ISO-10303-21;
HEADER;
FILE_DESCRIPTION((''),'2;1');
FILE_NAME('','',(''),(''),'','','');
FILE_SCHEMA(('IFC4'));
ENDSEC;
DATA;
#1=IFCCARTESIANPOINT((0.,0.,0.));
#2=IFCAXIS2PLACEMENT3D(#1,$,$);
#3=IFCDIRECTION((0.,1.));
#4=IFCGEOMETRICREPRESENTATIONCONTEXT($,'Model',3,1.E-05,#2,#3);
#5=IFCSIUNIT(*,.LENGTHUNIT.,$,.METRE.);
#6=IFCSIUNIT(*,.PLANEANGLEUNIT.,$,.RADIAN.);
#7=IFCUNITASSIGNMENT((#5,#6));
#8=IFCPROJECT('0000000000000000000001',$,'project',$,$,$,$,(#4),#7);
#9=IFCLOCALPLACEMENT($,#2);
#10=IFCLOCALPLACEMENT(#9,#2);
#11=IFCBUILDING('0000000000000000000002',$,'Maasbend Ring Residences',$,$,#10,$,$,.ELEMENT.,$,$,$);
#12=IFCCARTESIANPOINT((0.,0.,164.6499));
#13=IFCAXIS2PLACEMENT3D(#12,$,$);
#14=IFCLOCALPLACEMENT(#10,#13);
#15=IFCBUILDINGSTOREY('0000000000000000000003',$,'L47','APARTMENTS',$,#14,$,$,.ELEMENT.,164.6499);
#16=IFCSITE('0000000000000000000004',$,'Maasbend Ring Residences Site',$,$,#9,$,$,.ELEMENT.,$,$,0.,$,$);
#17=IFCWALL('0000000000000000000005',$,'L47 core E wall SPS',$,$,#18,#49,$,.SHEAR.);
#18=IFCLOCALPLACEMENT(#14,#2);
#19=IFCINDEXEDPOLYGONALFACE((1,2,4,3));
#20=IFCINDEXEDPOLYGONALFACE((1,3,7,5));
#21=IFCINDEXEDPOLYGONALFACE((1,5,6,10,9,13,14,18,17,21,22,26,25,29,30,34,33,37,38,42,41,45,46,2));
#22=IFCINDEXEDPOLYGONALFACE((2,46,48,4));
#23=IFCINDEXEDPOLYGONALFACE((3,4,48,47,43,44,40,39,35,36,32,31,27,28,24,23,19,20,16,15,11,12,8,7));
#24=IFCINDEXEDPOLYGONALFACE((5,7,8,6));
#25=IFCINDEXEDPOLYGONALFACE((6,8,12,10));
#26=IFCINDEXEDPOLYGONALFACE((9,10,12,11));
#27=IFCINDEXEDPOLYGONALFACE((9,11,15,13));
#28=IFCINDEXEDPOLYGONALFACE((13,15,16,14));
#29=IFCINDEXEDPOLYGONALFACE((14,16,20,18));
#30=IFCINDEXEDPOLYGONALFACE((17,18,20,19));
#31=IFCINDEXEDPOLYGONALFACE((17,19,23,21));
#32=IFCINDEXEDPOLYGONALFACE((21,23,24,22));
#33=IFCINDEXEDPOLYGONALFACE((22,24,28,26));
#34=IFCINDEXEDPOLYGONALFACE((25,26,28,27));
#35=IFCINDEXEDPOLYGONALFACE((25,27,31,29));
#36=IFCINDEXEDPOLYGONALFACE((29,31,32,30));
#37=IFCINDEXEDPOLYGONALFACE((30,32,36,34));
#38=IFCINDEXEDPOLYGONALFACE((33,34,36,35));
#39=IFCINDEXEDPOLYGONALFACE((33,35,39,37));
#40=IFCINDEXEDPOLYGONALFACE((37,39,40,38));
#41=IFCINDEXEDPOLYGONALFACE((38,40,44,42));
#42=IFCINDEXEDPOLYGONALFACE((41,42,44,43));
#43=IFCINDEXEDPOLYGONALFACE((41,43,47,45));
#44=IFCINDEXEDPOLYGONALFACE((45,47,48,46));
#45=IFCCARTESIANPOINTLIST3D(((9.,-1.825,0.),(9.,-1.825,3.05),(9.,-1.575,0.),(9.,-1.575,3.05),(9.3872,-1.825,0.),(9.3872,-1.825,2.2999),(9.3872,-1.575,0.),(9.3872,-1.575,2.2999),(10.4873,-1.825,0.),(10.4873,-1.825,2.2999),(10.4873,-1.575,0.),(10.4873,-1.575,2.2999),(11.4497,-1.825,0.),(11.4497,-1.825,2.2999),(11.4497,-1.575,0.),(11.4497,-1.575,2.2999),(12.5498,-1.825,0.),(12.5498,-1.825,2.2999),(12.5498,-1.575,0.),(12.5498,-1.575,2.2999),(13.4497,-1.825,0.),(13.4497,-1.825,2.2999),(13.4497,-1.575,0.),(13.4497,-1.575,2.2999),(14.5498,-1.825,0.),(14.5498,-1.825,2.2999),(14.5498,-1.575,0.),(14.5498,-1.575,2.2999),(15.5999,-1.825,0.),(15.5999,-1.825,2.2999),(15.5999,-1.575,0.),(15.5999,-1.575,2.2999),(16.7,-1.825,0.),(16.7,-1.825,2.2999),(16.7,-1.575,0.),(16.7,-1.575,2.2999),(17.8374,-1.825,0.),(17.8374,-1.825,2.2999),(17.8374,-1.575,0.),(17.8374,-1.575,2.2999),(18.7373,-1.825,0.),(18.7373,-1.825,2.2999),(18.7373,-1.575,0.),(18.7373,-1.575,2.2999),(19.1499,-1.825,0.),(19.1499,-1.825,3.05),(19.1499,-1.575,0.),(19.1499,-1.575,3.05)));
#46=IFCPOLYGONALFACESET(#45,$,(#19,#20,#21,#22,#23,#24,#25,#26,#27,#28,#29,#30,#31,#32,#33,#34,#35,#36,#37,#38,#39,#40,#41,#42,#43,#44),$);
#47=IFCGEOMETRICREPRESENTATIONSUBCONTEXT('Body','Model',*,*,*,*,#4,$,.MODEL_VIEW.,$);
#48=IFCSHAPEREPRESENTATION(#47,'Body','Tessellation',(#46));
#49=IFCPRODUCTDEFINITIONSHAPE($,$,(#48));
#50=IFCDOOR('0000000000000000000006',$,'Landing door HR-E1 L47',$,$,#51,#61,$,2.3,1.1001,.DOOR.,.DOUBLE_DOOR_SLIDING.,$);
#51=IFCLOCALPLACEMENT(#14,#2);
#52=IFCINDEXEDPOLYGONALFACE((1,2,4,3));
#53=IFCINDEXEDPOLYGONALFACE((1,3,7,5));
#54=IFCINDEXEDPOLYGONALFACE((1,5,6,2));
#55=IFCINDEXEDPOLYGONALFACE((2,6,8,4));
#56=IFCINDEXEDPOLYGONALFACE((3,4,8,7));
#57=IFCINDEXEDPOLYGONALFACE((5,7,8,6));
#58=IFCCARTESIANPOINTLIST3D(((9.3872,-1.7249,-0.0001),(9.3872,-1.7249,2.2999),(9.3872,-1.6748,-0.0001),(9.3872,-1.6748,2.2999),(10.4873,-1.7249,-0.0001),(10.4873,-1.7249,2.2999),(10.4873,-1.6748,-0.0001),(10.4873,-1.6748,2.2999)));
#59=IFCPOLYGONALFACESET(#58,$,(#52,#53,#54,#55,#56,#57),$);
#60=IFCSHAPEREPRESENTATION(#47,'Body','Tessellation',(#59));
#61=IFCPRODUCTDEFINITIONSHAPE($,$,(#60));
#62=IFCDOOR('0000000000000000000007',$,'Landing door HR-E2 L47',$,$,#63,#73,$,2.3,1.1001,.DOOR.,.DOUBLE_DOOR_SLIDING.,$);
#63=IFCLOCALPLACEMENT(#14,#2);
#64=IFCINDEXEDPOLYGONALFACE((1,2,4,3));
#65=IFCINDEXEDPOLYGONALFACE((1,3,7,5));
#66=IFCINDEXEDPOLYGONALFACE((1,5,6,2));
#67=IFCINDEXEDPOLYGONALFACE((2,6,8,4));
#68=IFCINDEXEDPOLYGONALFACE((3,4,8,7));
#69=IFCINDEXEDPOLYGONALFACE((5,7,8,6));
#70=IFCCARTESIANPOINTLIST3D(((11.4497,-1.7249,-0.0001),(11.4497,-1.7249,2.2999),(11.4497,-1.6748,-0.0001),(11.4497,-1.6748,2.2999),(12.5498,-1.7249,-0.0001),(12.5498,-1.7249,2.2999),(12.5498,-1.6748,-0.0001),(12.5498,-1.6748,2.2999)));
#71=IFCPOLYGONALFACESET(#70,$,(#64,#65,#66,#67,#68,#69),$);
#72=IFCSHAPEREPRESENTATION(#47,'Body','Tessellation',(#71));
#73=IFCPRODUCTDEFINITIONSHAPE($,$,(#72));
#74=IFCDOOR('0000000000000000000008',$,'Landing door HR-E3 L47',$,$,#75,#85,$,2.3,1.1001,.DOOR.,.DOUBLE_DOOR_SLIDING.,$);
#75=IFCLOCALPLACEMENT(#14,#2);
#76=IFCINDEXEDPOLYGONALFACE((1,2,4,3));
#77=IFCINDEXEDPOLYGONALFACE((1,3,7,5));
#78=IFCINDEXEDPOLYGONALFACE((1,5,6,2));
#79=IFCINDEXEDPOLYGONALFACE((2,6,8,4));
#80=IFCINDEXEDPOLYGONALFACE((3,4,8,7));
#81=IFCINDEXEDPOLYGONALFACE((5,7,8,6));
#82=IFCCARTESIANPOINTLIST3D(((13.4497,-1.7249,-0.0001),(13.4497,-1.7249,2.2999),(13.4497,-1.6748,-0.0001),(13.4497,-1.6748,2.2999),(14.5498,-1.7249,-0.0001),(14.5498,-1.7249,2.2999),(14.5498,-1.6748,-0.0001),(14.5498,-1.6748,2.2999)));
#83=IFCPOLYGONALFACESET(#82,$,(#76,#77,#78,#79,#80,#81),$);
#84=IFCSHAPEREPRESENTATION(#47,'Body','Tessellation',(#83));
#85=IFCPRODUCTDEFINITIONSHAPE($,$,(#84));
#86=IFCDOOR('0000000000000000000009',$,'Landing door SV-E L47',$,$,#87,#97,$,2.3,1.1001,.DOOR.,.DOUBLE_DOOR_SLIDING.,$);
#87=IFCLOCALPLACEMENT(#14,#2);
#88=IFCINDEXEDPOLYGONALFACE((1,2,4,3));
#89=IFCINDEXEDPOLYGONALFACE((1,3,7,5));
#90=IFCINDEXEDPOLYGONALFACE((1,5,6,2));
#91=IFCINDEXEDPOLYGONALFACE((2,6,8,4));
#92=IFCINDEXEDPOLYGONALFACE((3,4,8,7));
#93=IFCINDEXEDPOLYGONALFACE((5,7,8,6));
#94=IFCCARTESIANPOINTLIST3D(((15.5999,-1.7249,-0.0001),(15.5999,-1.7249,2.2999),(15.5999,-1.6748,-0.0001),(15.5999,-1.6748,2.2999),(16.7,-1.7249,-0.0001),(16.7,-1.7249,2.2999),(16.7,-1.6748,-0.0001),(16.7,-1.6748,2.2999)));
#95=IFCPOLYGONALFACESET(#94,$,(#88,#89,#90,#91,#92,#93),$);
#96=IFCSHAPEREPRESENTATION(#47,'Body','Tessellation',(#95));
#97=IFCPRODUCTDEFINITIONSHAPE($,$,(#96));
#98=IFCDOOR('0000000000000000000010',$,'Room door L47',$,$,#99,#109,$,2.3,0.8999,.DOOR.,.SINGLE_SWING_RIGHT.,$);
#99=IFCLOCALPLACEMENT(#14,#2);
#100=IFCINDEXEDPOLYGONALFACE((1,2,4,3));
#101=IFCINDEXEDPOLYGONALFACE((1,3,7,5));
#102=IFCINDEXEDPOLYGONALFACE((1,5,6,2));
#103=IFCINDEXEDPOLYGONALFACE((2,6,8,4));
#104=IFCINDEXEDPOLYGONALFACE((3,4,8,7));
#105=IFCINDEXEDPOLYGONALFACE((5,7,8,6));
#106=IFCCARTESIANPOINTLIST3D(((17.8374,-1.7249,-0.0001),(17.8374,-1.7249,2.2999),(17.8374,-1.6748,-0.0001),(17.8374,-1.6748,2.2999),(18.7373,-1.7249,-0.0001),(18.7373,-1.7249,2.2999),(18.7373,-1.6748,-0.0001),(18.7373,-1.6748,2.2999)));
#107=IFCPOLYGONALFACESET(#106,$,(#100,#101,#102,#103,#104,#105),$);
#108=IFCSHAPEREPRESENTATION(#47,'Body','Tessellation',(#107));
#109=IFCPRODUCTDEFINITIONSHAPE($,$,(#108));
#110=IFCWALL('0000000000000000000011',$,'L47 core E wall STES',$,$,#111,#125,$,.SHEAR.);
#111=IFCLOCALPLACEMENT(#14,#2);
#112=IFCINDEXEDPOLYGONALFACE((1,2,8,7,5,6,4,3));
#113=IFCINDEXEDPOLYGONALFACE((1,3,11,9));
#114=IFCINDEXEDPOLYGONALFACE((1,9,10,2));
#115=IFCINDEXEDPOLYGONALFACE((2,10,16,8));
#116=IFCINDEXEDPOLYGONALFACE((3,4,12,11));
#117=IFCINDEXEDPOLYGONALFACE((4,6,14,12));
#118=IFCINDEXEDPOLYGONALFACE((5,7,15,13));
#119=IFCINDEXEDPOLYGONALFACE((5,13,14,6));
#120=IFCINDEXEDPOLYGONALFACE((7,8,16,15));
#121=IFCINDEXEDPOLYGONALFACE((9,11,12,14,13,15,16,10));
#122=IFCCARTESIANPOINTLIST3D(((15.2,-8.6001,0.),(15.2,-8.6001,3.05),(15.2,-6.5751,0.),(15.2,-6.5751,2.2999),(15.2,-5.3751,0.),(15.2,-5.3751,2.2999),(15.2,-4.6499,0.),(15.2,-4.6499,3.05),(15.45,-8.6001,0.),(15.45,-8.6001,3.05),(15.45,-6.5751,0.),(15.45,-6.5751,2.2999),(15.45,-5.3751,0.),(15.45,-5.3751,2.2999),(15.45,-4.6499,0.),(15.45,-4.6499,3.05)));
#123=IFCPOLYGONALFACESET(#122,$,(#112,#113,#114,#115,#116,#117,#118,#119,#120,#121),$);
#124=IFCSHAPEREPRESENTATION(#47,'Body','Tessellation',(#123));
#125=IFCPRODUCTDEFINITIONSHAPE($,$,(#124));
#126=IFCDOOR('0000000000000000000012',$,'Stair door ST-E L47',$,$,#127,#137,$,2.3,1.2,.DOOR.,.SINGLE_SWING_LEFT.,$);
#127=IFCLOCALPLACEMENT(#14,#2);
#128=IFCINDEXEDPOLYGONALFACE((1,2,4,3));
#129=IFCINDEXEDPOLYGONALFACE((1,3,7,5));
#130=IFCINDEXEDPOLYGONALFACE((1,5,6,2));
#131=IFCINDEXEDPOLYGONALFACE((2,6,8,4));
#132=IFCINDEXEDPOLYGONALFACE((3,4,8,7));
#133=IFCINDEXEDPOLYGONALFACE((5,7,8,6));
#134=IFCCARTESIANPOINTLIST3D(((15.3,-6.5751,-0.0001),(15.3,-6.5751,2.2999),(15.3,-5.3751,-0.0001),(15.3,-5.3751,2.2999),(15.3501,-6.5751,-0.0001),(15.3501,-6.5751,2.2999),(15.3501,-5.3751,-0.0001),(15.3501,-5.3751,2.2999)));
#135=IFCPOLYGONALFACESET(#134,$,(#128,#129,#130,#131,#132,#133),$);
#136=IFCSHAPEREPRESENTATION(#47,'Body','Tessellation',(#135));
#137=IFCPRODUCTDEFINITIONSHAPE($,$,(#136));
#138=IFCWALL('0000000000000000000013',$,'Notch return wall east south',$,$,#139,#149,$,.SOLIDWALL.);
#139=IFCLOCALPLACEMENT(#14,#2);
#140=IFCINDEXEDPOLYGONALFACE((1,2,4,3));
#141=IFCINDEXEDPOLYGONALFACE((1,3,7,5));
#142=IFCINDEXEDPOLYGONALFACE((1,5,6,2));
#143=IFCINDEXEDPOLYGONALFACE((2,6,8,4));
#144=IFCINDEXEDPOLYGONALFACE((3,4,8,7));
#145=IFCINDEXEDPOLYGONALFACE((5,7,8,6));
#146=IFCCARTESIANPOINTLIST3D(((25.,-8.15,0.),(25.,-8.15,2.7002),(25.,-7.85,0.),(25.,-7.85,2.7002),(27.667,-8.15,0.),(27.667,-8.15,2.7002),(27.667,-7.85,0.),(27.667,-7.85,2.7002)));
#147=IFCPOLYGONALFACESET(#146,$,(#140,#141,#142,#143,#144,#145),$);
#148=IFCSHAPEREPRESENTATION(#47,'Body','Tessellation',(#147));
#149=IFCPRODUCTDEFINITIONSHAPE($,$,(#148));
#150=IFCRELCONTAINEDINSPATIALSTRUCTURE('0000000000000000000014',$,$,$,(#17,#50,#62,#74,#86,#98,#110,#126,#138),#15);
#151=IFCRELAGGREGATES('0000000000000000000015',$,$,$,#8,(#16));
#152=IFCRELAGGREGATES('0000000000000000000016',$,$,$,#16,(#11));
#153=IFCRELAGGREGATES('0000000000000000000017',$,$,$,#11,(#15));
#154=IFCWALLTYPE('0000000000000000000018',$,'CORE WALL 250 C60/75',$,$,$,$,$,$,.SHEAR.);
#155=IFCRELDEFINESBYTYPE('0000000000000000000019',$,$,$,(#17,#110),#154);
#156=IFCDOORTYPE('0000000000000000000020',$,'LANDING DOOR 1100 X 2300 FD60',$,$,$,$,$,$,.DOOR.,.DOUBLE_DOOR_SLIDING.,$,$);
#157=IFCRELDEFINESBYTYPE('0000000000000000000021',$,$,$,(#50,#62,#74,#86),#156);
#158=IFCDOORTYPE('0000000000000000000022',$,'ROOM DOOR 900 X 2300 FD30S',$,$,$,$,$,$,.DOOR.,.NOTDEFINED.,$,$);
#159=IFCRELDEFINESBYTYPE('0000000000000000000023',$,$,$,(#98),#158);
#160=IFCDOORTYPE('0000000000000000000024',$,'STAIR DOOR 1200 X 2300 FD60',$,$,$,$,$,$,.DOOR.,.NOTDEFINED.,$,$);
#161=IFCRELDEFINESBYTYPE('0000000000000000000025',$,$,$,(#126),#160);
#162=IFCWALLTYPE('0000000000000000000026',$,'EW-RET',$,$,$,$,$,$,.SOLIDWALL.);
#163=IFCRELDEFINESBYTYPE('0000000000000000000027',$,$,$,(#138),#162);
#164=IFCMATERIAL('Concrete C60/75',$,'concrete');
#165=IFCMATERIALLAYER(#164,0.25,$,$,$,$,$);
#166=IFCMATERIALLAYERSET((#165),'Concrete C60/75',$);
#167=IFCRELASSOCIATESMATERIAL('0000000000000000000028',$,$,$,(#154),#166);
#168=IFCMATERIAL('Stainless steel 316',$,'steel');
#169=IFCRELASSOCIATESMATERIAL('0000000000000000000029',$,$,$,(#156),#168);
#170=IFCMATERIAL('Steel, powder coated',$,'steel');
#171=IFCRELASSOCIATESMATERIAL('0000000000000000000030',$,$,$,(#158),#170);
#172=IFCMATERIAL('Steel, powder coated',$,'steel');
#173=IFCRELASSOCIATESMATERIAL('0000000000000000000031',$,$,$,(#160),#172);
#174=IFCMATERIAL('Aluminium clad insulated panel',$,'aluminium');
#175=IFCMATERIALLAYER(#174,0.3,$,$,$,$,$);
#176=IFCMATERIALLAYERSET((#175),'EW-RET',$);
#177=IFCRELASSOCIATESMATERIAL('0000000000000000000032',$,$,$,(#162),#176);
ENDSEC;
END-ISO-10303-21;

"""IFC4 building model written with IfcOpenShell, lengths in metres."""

from ifc_helpers import new_model, si_unit, direction, frame, frame_2d, origin, place, context, subcontext, project, spatial, rectangle, extrude, material, layer, layer_set, type_object, element, fill, save


model = new_model("IFC4")

# Units and contexts
model_context = context("Model", 3, precision=1e-05, world=origin(), true_north=direction((0.0, 1.0)))
body_context = subcontext(model_context, "Body", "Model", "MODEL_VIEW")
ifc_project = project(units=[si_unit("LENGTHUNIT", "METRE"), si_unit("PLANEANGLEUNIT", "RADIAN")], contexts=[model_context])

# Site, building, storey
site_placement = place(None, origin())
site = spatial("IfcSite", under=ifc_project, at=site_placement, Name="Maasbend Ring Residences Site", CompositionType="ELEMENT", RefElevation=0.0)
building_placement = place(site_placement, origin())
building = spatial("IfcBuilding", under=site, at=building_placement, Name="Maasbend Ring Residences", CompositionType="ELEMENT")
storey_placement = place(building_placement, frame((0.0, 0.0, 164.6499)))
storey = spatial("IfcBuildingStorey", under=building, at=storey_placement, Name="L47", Description="APARTMENTS", CompositionType="ELEMENT", Elevation=164.6499)

# Wall, openings, doors
ifc_material_1 = material(Name="Concrete C60/75", Category="concrete")
ifc_layer_1 = layer(ifc_material_1, 0.25)
ifc_layer_set_1 = layer_set([ifc_layer_1], Name="Concrete C60/75")
wall_type_1 = type_object("IfcWallType", Name="CORE WALL 250 C60/75", PredefinedType="SHEAR", material=ifc_layer_set_1)
wall_1_placement = place(storey_placement, frame((19.1499, -1.7, 0.0), z_axis=(0.0, 0.0, 1.0), x_axis=(-1.0, 0.0, 0.0)))
wall_1 = element("IfcWall", 1, at=wall_1_placement, inside=storey, type_object=wall_type_1, Name="L47 core E wall SPS", PredefinedType="SHEAR", context=body_context, shape_type="SweptSolid", body=[
    extrude(rectangle(XDim=10.1499, YDim=0.25, at=frame_2d((5.075, 0.0))), origin(), (0.0, 0.0, 1.0), 3.05),
])
opening_1_placement = place(wall_1_placement, frame((8.6626, 0.0, 0.0)))
opening_1 = element("IfcOpeningElement", 2, at=opening_1_placement, cuts=wall_1, PredefinedType="OPENING", context=body_context, shape_type="SweptSolid", body=[
    extrude(rectangle(XDim=1.1001, YDim=2.3, at=frame_2d((0.55, 1.1499))), frame((0.0, 0.135, 0.0), z_axis=(0.0, -1.0, 0.0), x_axis=(1.0, 0.0, 0.0)), (0.0, 0.0, 1.0), 0.27),
])
opening_2_placement = place(wall_1_placement, frame((6.6001, 0.0, 0.0)))
opening_2 = element("IfcOpeningElement", 3, at=opening_2_placement, cuts=wall_1, PredefinedType="OPENING", context=body_context, shape_type="SweptSolid", body=[
    extrude(rectangle(XDim=1.1001, YDim=2.3, at=frame_2d((0.55, 1.1499))), frame((0.0, 0.135, 0.0), z_axis=(0.0, -1.0, 0.0), x_axis=(1.0, 0.0, 0.0)), (0.0, 0.0, 1.0), 0.27),
])
opening_3_placement = place(wall_1_placement, frame((4.6001, 0.0, 0.0)))
opening_3 = element("IfcOpeningElement", 4, at=opening_3_placement, cuts=wall_1, PredefinedType="OPENING", context=body_context, shape_type="SweptSolid", body=[
    extrude(rectangle(XDim=1.1001, YDim=2.3, at=frame_2d((0.55, 1.1499))), frame((0.0, 0.135, 0.0), z_axis=(0.0, -1.0, 0.0), x_axis=(1.0, 0.0, 0.0)), (0.0, 0.0, 1.0), 0.27),
])
opening_4_placement = place(wall_1_placement, frame((2.45, 0.0, 0.0)))
opening_4 = element("IfcOpeningElement", 5, at=opening_4_placement, cuts=wall_1, PredefinedType="OPENING", context=body_context, shape_type="SweptSolid", body=[
    extrude(rectangle(XDim=1.1001, YDim=2.3, at=frame_2d((0.55, 1.1499))), frame((0.0, 0.135, 0.0), z_axis=(0.0, -1.0, 0.0), x_axis=(1.0, 0.0, 0.0)), (0.0, 0.0, 1.0), 0.27),
])
opening_5_placement = place(wall_1_placement, frame((0.4126, 0.0, 0.0)))
opening_5 = element("IfcOpeningElement", 6, at=opening_5_placement, cuts=wall_1, PredefinedType="OPENING", context=body_context, shape_type="SweptSolid", body=[
    extrude(rectangle(XDim=0.8999, YDim=2.3, at=frame_2d((0.45, 1.1499))), frame((0.0, 0.135, 0.0), z_axis=(0.0, -1.0, 0.0), x_axis=(1.0, 0.0, 0.0)), (0.0, 0.0, 1.0), 0.27),
])
ifc_material_2 = material(Name="Stainless steel 316", Category="steel")
door_type_1 = type_object("IfcDoorType", Name="LANDING DOOR 1100 X 2300 FD60", OperationType="DOUBLE_DOOR_SLIDING", PredefinedType="DOOR", material=ifc_material_2)
door_1_placement = place(opening_1_placement, origin())
door_1 = element("IfcDoor", 7, at=door_1_placement, inside=storey, type_object=door_type_1, Name="Landing door HR-E1 L47", OperationType="DOUBLE_DOOR_SLIDING", OverallHeight=2.3, OverallWidth=1.1001, PredefinedType="DOOR", context=body_context, shape_type="SweptSolid", body=[
    extrude(rectangle(XDim=1.1001, YDim=2.3, at=frame_2d((0.55, 1.1499))), frame((0.0, 0.0249, 0.0), z_axis=(0.0, -1.0, 0.0), x_axis=(1.0, 0.0, 0.0)), (0.0, 0.0, 1.0), 0.05),
])
fill(opening_1, door_1)
door_2_placement = place(opening_2_placement, origin())
door_2 = element("IfcDoor", 8, at=door_2_placement, inside=storey, type_object=door_type_1, Name="Landing door HR-E2 L47", OperationType="DOUBLE_DOOR_SLIDING", OverallHeight=2.3, OverallWidth=1.1001, PredefinedType="DOOR", context=body_context, shape_type="SweptSolid", body=[
    extrude(rectangle(XDim=1.1001, YDim=2.3, at=frame_2d((0.55, 1.1499))), frame((0.0, 0.0249, 0.0), z_axis=(0.0, -1.0, 0.0), x_axis=(1.0, 0.0, 0.0)), (0.0, 0.0, 1.0), 0.05),
])
fill(opening_2, door_2)
door_3_placement = place(opening_3_placement, origin())
door_3 = element("IfcDoor", 9, at=door_3_placement, inside=storey, type_object=door_type_1, Name="Landing door HR-E3 L47", OperationType="DOUBLE_DOOR_SLIDING", OverallHeight=2.3, OverallWidth=1.1001, PredefinedType="DOOR", context=body_context, shape_type="SweptSolid", body=[
    extrude(rectangle(XDim=1.1001, YDim=2.3, at=frame_2d((0.55, 1.1499))), frame((0.0, 0.0249, 0.0), z_axis=(0.0, -1.0, 0.0), x_axis=(1.0, 0.0, 0.0)), (0.0, 0.0, 1.0), 0.05),
])
fill(opening_3, door_3)
door_4_placement = place(opening_4_placement, origin())
door_4 = element("IfcDoor", 10, at=door_4_placement, inside=storey, type_object=door_type_1, Name="Landing door SV-E L47", OperationType="DOUBLE_DOOR_SLIDING", OverallHeight=2.3, OverallWidth=1.1001, PredefinedType="DOOR", context=body_context, shape_type="SweptSolid", body=[
    extrude(rectangle(XDim=1.1001, YDim=2.3, at=frame_2d((0.55, 1.1499))), frame((0.0, 0.0249, 0.0), z_axis=(0.0, -1.0, 0.0), x_axis=(1.0, 0.0, 0.0)), (0.0, 0.0, 1.0), 0.05),
])
fill(opening_4, door_4)
ifc_material_3 = material(Name="Steel, powder coated", Category="steel")
door_type_2 = type_object("IfcDoorType", Name="ROOM DOOR 900 X 2300 FD30S", OperationType="NOTDEFINED", PredefinedType="DOOR", material=ifc_material_3)
door_5_placement = place(opening_5_placement, origin())
door_5 = element("IfcDoor", 11, at=door_5_placement, inside=storey, type_object=door_type_2, Name="Room door L47", OperationType="SINGLE_SWING_RIGHT", OverallHeight=2.3, OverallWidth=0.8999, PredefinedType="DOOR", context=body_context, shape_type="SweptSolid", body=[
    extrude(rectangle(XDim=0.8999, YDim=2.3, at=frame_2d((0.45, 1.1499))), frame((0.0, 0.0249, 0.0), z_axis=(0.0, -1.0, 0.0), x_axis=(1.0, 0.0, 0.0)), (0.0, 0.0, 1.0), 0.05),
])
fill(opening_5, door_5)

# Wall, opening, door
wall_2_placement = place(storey_placement, frame((15.325, -8.6001, 0.0), z_axis=(0.0, 0.0, 1.0), x_axis=(0.0, 1.0, 0.0)))
wall_2 = element("IfcWall", 12, at=wall_2_placement, inside=storey, type_object=wall_type_1, Name="L47 core E wall STES", PredefinedType="SHEAR", context=body_context, shape_type="SweptSolid", body=[
    extrude(rectangle(XDim=3.9502, YDim=0.25, at=frame_2d((1.9751, 0.0))), origin(), (0.0, 0.0, 1.0), 3.05),
])
opening_6_placement = place(wall_2_placement, frame((2.0249, 0.0, 0.0)))
opening_6 = element("IfcOpeningElement", 13, at=opening_6_placement, cuts=wall_2, PredefinedType="OPENING", context=body_context, shape_type="SweptSolid", body=[
    extrude(rectangle(XDim=1.2, YDim=2.3, at=frame_2d((0.6001, 1.1499))), frame((0.0, 0.135, 0.0), z_axis=(0.0, -1.0, 0.0), x_axis=(1.0, 0.0, 0.0)), (0.0, 0.0, 1.0), 0.27),
])
ifc_material_4 = material(Name="Steel, powder coated", Category="steel")
door_type_3 = type_object("IfcDoorType", Name="STAIR DOOR 1200 X 2300 FD60", OperationType="NOTDEFINED", PredefinedType="DOOR", material=ifc_material_4)
door_6_placement = place(opening_6_placement, origin())
door_6 = element("IfcDoor", 14, at=door_6_placement, inside=storey, type_object=door_type_3, Name="Stair door ST-E L47", OperationType="SINGLE_SWING_LEFT", OverallHeight=2.3, OverallWidth=1.2, PredefinedType="DOOR", context=body_context, shape_type="SweptSolid", body=[
    extrude(rectangle(XDim=1.2, YDim=2.3, at=frame_2d((0.6001, 1.1499))), frame((0.0, 0.0249, 0.0), z_axis=(0.0, -1.0, 0.0), x_axis=(1.0, 0.0, 0.0)), (0.0, 0.0, 1.0), 0.05),
])
fill(opening_6, door_6)

# Wall
ifc_material_5 = material(Name="Aluminium clad insulated panel", Category="aluminium")
ifc_layer_2 = layer(ifc_material_5, 0.3)
ifc_layer_set_2 = layer_set([ifc_layer_2], Name="EW-RET")
wall_type_2 = type_object("IfcWallType", Name="EW-RET", PredefinedType="SOLIDWALL", material=ifc_layer_set_2)
wall_3_placement = place(storey_placement, frame((25.0, -8.0, 0.0), z_axis=(0.0, 0.0, 1.0), x_axis=(1.0, 0.0, 0.0)))
element("IfcWall", 15, at=wall_3_placement, inside=storey, type_object=wall_type_2, Name="Notch return wall east south", PredefinedType="SOLIDWALL", context=body_context, shape_type="SweptSolid", body=[
    extrude(rectangle(XDim=2.667, YDim=0.3, at=frame_2d((1.3335, 0.0))), origin(), (0.0, 0.0, 1.0), 2.7002),
])

save(model, "model.ifc")
